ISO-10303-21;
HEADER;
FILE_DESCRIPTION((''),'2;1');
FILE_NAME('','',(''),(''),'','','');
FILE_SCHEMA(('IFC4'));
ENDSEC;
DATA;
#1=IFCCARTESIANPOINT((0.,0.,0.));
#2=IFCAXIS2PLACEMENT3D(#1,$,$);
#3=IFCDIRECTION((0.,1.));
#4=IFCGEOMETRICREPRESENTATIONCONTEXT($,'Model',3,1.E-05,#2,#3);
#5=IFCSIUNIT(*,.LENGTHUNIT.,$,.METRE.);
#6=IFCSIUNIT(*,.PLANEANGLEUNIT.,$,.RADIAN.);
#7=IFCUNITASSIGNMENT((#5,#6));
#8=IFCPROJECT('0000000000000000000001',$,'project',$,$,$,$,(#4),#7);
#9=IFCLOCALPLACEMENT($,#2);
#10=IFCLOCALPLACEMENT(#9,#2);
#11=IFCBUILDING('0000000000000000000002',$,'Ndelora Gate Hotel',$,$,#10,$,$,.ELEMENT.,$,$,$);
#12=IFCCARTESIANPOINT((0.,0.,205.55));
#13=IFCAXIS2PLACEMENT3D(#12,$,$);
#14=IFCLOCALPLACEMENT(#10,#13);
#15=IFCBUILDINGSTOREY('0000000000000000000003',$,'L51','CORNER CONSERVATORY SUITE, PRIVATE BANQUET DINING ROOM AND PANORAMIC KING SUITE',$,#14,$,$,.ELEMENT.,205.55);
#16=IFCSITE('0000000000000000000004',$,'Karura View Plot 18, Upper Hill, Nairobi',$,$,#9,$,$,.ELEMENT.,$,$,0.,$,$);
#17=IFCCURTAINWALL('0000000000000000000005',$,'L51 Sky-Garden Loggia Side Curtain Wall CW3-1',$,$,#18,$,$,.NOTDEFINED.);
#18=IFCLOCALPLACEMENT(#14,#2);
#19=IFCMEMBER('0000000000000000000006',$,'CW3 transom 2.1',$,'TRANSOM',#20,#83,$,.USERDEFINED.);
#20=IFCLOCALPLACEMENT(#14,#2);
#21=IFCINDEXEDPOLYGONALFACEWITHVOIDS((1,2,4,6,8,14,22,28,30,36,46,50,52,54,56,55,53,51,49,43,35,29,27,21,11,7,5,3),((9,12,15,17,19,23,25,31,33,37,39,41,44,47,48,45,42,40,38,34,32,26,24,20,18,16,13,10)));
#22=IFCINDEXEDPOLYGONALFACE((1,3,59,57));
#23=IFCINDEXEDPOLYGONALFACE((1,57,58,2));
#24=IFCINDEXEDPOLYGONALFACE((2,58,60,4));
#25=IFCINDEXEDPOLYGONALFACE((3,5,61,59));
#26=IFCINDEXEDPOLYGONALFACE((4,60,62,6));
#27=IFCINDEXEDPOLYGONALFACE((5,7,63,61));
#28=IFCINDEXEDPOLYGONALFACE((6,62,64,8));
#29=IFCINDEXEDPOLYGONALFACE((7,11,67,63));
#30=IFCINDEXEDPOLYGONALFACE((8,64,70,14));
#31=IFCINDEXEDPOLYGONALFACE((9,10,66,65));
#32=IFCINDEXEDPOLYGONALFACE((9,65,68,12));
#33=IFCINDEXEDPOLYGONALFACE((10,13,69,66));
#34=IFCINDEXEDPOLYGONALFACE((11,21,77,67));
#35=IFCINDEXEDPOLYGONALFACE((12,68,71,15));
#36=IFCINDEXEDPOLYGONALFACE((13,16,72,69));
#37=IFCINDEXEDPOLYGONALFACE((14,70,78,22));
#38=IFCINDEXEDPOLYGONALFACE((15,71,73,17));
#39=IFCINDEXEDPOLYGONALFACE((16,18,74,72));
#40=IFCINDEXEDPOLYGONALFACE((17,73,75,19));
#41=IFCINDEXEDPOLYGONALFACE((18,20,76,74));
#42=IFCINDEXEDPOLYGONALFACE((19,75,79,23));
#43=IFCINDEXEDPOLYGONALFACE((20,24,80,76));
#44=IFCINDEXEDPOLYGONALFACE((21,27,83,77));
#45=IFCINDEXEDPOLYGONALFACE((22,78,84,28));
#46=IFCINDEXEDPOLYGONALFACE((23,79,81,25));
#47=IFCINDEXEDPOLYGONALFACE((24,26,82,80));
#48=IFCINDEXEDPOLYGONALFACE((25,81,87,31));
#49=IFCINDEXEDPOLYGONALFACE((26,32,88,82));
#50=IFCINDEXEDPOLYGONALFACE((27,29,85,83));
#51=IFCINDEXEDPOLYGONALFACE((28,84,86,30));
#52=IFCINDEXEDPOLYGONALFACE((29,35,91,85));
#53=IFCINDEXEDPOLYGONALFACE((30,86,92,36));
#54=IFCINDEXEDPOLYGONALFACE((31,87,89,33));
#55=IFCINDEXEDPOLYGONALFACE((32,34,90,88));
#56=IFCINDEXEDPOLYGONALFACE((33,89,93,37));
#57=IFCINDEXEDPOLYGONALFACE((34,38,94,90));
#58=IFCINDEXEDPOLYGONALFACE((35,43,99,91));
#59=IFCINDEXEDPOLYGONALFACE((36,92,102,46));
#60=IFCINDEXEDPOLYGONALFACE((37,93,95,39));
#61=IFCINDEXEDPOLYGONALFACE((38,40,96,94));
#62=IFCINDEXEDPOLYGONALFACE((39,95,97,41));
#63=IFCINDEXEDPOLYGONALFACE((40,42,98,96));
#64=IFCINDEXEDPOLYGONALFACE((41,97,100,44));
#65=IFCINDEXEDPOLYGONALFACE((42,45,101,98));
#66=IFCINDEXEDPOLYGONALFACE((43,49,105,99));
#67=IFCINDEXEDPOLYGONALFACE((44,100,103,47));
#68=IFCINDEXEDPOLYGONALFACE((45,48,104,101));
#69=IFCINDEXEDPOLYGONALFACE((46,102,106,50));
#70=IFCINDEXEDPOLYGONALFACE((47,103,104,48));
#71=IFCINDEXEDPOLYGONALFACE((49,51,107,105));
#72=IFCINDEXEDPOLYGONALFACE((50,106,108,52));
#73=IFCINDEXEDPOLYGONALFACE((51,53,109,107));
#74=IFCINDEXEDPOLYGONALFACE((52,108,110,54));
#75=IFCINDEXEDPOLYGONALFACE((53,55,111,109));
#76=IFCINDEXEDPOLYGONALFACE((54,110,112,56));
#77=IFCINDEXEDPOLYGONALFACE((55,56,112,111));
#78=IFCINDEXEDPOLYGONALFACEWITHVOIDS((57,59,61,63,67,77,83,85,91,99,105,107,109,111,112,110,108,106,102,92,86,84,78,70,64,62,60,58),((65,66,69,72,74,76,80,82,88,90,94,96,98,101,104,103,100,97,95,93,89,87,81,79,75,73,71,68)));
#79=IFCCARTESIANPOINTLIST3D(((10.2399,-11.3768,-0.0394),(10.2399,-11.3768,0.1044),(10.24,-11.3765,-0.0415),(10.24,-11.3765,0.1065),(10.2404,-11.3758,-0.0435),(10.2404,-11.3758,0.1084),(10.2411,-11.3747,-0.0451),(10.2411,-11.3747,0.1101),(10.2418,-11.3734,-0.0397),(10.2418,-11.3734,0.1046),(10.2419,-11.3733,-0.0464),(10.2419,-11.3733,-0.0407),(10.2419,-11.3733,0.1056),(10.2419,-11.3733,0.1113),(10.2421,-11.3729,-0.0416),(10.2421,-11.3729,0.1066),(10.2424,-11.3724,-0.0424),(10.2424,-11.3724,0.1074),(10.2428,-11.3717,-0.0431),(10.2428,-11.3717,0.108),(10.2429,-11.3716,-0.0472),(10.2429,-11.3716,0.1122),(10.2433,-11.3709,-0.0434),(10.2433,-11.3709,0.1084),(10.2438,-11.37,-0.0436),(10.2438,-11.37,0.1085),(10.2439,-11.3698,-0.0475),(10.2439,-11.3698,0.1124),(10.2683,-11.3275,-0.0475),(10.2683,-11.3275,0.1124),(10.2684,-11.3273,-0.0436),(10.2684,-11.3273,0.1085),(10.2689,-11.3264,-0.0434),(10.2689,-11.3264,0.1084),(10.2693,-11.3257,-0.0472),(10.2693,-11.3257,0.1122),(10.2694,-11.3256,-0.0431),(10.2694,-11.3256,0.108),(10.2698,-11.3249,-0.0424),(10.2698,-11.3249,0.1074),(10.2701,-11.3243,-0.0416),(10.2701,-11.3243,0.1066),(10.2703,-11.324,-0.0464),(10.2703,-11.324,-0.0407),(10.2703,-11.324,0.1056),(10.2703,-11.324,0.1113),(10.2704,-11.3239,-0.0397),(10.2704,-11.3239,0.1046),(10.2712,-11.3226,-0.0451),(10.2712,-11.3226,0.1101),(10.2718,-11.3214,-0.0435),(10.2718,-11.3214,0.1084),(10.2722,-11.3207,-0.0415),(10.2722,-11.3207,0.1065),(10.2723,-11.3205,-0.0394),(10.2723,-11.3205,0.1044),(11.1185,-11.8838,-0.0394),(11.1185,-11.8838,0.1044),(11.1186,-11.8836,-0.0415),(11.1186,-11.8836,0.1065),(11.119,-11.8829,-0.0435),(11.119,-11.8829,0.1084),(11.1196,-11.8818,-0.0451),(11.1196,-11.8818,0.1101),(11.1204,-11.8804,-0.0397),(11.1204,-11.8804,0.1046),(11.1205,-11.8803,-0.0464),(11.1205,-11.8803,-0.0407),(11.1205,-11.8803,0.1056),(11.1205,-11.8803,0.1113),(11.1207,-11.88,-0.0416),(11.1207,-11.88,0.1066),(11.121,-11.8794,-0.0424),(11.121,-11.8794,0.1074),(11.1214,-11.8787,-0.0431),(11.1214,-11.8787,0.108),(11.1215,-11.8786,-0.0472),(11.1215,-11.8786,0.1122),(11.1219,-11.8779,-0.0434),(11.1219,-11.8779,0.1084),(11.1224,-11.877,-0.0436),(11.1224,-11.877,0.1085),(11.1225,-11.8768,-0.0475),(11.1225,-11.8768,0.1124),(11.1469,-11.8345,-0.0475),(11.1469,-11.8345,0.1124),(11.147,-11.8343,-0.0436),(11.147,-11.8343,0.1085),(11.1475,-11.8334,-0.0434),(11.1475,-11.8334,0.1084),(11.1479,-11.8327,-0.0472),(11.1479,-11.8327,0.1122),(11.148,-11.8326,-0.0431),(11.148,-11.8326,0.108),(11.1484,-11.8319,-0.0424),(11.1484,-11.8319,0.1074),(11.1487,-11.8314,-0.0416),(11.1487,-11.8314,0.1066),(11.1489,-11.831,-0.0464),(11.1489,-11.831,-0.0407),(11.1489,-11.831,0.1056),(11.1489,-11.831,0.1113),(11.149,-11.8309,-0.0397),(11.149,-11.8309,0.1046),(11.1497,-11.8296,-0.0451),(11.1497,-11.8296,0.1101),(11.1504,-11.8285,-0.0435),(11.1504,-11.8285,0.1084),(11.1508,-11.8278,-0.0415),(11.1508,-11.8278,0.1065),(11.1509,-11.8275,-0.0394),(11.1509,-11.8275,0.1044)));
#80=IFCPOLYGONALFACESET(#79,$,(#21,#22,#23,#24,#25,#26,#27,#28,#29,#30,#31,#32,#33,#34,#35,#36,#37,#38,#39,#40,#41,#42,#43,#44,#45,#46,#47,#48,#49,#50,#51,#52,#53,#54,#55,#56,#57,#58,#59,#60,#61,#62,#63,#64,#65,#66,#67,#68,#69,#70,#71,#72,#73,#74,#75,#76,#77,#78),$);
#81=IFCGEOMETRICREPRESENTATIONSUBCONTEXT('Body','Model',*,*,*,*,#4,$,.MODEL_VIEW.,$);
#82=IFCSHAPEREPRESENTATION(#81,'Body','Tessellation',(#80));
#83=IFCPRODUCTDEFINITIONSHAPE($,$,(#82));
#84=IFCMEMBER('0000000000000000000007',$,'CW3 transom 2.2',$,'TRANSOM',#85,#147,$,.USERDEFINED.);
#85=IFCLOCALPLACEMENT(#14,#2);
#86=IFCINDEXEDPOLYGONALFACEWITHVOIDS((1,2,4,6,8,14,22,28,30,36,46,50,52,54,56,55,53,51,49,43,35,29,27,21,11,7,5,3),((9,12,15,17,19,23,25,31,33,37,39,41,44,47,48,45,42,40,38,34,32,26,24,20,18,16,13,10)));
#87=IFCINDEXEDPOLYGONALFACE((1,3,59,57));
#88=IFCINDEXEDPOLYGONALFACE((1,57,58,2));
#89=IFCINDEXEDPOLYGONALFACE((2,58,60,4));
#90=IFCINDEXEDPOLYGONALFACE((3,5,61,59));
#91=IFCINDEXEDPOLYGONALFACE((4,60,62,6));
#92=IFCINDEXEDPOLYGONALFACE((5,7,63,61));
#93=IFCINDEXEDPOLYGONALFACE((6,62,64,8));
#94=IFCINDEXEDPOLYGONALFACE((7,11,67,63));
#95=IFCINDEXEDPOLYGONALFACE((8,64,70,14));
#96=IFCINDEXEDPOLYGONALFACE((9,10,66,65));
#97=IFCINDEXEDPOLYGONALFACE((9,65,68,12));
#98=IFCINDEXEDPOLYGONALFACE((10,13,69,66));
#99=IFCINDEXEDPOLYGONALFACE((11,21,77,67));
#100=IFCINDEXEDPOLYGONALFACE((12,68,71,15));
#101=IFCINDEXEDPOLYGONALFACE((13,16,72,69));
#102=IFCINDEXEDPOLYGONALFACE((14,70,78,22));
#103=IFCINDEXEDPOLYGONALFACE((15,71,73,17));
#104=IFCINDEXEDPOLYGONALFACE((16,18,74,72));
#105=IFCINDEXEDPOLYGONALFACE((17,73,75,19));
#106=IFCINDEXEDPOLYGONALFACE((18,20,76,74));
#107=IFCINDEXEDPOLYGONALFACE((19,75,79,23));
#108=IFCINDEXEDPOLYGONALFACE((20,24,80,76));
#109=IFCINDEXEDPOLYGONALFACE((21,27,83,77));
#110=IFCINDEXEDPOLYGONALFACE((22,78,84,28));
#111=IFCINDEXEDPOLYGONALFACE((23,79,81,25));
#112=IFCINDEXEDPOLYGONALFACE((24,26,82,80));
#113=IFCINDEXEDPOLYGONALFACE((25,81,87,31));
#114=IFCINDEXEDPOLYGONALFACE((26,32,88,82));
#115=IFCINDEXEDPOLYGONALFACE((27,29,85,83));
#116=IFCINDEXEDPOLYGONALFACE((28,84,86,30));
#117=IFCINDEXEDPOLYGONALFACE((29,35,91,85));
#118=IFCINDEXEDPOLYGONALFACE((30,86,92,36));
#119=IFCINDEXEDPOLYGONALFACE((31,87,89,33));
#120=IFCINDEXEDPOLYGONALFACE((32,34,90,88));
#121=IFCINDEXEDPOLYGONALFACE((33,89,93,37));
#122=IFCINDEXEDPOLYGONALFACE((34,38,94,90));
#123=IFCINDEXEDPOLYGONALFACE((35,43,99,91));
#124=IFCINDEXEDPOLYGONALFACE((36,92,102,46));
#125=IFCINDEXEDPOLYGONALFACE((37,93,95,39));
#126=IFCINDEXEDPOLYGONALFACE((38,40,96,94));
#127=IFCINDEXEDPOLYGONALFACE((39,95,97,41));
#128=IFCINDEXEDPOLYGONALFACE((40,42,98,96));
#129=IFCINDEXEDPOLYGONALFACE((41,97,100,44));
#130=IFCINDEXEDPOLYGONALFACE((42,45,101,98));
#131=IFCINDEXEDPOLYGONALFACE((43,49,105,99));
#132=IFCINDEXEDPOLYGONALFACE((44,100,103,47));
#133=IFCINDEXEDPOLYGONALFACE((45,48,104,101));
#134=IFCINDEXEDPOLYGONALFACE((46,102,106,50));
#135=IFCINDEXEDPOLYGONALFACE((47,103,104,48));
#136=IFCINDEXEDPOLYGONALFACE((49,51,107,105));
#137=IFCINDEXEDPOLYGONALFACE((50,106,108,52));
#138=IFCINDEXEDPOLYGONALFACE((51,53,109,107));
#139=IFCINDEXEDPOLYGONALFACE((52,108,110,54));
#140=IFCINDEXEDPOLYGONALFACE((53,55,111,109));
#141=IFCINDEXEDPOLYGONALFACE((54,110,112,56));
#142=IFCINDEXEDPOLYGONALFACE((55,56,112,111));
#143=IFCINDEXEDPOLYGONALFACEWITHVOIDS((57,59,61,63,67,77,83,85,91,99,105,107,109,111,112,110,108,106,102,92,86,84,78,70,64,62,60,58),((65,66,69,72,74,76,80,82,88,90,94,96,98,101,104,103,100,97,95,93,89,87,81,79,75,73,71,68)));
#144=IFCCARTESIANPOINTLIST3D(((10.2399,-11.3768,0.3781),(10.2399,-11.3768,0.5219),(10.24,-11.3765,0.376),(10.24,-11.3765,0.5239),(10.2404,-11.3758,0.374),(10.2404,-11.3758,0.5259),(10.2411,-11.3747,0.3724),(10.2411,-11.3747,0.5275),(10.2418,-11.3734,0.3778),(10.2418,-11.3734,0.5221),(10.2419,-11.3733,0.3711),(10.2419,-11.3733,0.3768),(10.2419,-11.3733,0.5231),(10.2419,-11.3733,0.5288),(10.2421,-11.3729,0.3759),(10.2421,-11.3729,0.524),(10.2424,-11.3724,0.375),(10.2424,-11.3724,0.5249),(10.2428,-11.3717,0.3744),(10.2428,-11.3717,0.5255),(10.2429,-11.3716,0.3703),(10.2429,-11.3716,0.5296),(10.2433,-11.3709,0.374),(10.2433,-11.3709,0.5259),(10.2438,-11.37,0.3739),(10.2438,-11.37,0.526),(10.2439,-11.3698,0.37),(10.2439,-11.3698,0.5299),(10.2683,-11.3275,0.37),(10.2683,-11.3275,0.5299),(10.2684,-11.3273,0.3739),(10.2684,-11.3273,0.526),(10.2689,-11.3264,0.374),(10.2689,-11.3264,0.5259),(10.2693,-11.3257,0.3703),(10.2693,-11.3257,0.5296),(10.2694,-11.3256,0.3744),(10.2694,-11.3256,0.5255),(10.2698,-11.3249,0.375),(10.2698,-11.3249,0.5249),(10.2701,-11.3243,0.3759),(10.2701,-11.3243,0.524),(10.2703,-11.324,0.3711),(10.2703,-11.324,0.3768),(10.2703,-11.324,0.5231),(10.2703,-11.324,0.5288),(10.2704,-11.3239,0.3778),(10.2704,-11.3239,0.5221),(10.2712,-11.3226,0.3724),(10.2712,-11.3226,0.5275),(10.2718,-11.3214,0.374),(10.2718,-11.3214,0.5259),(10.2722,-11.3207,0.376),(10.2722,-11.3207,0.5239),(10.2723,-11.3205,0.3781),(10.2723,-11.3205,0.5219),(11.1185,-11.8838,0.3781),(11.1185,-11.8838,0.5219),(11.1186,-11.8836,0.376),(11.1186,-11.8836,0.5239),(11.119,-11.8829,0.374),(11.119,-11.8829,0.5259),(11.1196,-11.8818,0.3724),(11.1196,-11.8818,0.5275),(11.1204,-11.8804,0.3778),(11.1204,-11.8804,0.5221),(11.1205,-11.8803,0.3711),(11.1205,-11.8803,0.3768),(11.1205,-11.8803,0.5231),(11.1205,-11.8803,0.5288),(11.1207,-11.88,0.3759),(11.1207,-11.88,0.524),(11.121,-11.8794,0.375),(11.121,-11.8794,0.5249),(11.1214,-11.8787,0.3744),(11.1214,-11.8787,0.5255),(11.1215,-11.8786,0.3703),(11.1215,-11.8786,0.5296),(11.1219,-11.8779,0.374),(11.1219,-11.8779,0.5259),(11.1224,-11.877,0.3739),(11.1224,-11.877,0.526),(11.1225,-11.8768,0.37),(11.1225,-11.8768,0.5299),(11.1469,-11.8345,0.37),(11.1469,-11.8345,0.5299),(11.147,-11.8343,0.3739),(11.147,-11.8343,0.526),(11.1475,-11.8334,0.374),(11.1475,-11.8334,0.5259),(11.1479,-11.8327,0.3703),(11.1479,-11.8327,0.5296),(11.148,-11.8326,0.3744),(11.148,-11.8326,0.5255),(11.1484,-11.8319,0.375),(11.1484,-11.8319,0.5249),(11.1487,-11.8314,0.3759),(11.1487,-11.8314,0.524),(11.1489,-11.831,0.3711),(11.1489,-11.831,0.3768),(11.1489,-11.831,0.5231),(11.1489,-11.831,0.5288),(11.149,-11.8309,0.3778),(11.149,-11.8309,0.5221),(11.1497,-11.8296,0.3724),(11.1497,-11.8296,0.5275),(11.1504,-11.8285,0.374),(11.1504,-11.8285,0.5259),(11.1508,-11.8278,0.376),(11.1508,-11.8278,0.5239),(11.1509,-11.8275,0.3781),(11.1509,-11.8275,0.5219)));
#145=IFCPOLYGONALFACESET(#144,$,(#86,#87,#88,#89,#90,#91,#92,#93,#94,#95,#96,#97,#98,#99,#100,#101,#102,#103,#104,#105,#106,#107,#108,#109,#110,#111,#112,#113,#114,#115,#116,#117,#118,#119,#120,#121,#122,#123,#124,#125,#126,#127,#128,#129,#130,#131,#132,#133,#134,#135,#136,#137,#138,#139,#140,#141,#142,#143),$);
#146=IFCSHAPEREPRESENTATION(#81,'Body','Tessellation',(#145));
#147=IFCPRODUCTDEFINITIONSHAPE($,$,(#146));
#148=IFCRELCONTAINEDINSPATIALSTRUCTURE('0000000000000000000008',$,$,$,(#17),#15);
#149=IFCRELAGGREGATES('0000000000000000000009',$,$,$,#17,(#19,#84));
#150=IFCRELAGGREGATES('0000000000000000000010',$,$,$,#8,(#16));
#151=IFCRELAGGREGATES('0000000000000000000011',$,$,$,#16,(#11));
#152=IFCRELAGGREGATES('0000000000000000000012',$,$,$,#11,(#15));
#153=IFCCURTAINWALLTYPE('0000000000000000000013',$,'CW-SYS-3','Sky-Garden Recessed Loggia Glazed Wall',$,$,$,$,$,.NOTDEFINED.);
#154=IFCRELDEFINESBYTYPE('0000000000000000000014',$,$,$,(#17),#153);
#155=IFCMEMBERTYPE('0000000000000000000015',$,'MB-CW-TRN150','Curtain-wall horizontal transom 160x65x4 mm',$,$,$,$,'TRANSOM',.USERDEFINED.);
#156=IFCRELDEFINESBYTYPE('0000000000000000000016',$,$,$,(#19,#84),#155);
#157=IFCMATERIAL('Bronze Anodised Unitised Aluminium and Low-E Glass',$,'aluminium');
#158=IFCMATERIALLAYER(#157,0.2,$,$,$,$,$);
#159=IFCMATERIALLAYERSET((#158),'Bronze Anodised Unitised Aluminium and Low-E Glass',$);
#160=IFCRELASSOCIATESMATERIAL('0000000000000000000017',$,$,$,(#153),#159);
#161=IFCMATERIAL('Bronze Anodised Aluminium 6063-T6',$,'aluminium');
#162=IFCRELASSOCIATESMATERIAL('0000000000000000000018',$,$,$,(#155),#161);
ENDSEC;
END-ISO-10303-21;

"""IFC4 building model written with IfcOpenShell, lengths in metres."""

from ifc_helpers import new_model, si_unit, direction, frame, origin, origin_2d, place, context, subcontext, project, spatial, hollow_rectangle, extrude, material, layer, layer_set, material_profile, profile_set, type_object, element, aggregate, save


model = new_model("IFC4")

# Units and contexts
model_context = context("Model", 3, precision=1e-05, world=origin(), true_north=direction((0.0, 1.0)))
body_context = subcontext(model_context, "Body", "Model", "MODEL_VIEW")
ifc_project = project(units=[si_unit("LENGTHUNIT", "METRE"), si_unit("PLANEANGLEUNIT", "RADIAN")], contexts=[model_context])

# Site, building, storey
site_placement = place(None, origin())
site = spatial("IfcSite", under=ifc_project, at=site_placement, Name="Karura View Plot 18, Upper Hill, Nairobi", CompositionType="ELEMENT", RefElevation=0.0)
building_placement = place(site_placement, origin())
building = spatial("IfcBuilding", under=site, at=building_placement, Name="Ndelora Gate Hotel", CompositionType="ELEMENT")
storey_placement = place(building_placement, frame((0.0, 0.0, 205.55)))
storey = spatial("IfcBuildingStorey", under=building, at=storey_placement, Name="L51", Description="CORNER CONSERVATORY SUITE, PRIVATE BANQUET DINING ROOM AND PANORAMIC KING SUITE", CompositionType="ELEMENT", Elevation=205.55)

# Curtain wall, members
ifc_material_1 = material(Name="Bronze Anodised Unitised Aluminium and Low-E Glass", Category="aluminium")
ifc_layer_1 = layer(ifc_material_1, 0.2)
ifc_layer_set_1 = layer_set([ifc_layer_1], Name="Bronze Anodised Unitised Aluminium and Low-E Glass")
curtain_wall_type = type_object("IfcCurtainWallType", Name="CW-SYS-3", Description="Sky-Garden Recessed Loggia Glazed Wall", PredefinedType="NOTDEFINED", material=ifc_layer_set_1)
curtain_wall_placement = place(storey_placement, origin())
curtain_wall = element("IfcCurtainWall", 1, at=curtain_wall_placement, inside=storey, type_object=curtain_wall_type, Name="L51 Sky-Garden Loggia Side Curtain Wall CW3-1", PredefinedType="NOTDEFINED")
ifc_material_2 = material(Name="Bronze Anodised Aluminium 6063-T6", Category="aluminium")
ifc_material_profile_1 = material_profile(ifc_material_2, hollow_rectangle(XDim=0.0649, YDim=0.1599, WallThickness=0.0039, InnerFilletRadius=0.0039, OuterFilletRadius=0.0081, at=origin_2d()), Name="ALU 160x65x4")
ifc_profile_set_1 = profile_set([ifc_material_profile_1], Name="Bronze Anodised Aluminium 6063-T6")
member_type_1 = type_object("IfcMemberType", Name="MB-CW-TRN150", Description="Curtain-wall horizontal transom 160x65x4 mm", ElementType="TRANSOM", PredefinedType="USERDEFINED", material=ifc_profile_set_1)
member_1_placement = place(storey_placement, frame((10.2561, -11.3486, 0.0325), z_axis=(0.866117, -0.499841, 0.0), x_axis=(0.499841, 0.866117, 0.0)))
member_1 = element("IfcMember", 2, at=member_1_placement, type_object=member_type_1, Name="CW3 transom 2.1", ObjectType="TRANSOM", PredefinedType="USERDEFINED", context=body_context, shape_type="SweptSolid", body=[
    extrude(hollow_rectangle(XDim=0.0649, YDim=0.1599, WallThickness=0.0039, InnerFilletRadius=0.0039, OuterFilletRadius=0.0081, at=origin_2d()), origin(), (0.0, 0.0, 1.0), 1.0144),
])
member_2_placement = place(storey_placement, frame((10.2561, -11.3486, 0.45), z_axis=(0.866117, -0.499841, 0.0), x_axis=(0.499841, 0.866117, 0.0)))
member_2 = element("IfcMember", 3, at=member_2_placement, type_object=member_type_1, Name="CW3 transom 2.2", ObjectType="TRANSOM", PredefinedType="USERDEFINED", context=body_context, shape_type="SweptSolid", body=[
    extrude(hollow_rectangle(XDim=0.0649, YDim=0.1599, WallThickness=0.0039, InnerFilletRadius=0.0039, OuterFilletRadius=0.0081, at=origin_2d()), origin(), (0.0, 0.0, 1.0), 1.0144),
])
aggregate(curtain_wall, [member_1, member_2])

save(model, "model.ifc")
